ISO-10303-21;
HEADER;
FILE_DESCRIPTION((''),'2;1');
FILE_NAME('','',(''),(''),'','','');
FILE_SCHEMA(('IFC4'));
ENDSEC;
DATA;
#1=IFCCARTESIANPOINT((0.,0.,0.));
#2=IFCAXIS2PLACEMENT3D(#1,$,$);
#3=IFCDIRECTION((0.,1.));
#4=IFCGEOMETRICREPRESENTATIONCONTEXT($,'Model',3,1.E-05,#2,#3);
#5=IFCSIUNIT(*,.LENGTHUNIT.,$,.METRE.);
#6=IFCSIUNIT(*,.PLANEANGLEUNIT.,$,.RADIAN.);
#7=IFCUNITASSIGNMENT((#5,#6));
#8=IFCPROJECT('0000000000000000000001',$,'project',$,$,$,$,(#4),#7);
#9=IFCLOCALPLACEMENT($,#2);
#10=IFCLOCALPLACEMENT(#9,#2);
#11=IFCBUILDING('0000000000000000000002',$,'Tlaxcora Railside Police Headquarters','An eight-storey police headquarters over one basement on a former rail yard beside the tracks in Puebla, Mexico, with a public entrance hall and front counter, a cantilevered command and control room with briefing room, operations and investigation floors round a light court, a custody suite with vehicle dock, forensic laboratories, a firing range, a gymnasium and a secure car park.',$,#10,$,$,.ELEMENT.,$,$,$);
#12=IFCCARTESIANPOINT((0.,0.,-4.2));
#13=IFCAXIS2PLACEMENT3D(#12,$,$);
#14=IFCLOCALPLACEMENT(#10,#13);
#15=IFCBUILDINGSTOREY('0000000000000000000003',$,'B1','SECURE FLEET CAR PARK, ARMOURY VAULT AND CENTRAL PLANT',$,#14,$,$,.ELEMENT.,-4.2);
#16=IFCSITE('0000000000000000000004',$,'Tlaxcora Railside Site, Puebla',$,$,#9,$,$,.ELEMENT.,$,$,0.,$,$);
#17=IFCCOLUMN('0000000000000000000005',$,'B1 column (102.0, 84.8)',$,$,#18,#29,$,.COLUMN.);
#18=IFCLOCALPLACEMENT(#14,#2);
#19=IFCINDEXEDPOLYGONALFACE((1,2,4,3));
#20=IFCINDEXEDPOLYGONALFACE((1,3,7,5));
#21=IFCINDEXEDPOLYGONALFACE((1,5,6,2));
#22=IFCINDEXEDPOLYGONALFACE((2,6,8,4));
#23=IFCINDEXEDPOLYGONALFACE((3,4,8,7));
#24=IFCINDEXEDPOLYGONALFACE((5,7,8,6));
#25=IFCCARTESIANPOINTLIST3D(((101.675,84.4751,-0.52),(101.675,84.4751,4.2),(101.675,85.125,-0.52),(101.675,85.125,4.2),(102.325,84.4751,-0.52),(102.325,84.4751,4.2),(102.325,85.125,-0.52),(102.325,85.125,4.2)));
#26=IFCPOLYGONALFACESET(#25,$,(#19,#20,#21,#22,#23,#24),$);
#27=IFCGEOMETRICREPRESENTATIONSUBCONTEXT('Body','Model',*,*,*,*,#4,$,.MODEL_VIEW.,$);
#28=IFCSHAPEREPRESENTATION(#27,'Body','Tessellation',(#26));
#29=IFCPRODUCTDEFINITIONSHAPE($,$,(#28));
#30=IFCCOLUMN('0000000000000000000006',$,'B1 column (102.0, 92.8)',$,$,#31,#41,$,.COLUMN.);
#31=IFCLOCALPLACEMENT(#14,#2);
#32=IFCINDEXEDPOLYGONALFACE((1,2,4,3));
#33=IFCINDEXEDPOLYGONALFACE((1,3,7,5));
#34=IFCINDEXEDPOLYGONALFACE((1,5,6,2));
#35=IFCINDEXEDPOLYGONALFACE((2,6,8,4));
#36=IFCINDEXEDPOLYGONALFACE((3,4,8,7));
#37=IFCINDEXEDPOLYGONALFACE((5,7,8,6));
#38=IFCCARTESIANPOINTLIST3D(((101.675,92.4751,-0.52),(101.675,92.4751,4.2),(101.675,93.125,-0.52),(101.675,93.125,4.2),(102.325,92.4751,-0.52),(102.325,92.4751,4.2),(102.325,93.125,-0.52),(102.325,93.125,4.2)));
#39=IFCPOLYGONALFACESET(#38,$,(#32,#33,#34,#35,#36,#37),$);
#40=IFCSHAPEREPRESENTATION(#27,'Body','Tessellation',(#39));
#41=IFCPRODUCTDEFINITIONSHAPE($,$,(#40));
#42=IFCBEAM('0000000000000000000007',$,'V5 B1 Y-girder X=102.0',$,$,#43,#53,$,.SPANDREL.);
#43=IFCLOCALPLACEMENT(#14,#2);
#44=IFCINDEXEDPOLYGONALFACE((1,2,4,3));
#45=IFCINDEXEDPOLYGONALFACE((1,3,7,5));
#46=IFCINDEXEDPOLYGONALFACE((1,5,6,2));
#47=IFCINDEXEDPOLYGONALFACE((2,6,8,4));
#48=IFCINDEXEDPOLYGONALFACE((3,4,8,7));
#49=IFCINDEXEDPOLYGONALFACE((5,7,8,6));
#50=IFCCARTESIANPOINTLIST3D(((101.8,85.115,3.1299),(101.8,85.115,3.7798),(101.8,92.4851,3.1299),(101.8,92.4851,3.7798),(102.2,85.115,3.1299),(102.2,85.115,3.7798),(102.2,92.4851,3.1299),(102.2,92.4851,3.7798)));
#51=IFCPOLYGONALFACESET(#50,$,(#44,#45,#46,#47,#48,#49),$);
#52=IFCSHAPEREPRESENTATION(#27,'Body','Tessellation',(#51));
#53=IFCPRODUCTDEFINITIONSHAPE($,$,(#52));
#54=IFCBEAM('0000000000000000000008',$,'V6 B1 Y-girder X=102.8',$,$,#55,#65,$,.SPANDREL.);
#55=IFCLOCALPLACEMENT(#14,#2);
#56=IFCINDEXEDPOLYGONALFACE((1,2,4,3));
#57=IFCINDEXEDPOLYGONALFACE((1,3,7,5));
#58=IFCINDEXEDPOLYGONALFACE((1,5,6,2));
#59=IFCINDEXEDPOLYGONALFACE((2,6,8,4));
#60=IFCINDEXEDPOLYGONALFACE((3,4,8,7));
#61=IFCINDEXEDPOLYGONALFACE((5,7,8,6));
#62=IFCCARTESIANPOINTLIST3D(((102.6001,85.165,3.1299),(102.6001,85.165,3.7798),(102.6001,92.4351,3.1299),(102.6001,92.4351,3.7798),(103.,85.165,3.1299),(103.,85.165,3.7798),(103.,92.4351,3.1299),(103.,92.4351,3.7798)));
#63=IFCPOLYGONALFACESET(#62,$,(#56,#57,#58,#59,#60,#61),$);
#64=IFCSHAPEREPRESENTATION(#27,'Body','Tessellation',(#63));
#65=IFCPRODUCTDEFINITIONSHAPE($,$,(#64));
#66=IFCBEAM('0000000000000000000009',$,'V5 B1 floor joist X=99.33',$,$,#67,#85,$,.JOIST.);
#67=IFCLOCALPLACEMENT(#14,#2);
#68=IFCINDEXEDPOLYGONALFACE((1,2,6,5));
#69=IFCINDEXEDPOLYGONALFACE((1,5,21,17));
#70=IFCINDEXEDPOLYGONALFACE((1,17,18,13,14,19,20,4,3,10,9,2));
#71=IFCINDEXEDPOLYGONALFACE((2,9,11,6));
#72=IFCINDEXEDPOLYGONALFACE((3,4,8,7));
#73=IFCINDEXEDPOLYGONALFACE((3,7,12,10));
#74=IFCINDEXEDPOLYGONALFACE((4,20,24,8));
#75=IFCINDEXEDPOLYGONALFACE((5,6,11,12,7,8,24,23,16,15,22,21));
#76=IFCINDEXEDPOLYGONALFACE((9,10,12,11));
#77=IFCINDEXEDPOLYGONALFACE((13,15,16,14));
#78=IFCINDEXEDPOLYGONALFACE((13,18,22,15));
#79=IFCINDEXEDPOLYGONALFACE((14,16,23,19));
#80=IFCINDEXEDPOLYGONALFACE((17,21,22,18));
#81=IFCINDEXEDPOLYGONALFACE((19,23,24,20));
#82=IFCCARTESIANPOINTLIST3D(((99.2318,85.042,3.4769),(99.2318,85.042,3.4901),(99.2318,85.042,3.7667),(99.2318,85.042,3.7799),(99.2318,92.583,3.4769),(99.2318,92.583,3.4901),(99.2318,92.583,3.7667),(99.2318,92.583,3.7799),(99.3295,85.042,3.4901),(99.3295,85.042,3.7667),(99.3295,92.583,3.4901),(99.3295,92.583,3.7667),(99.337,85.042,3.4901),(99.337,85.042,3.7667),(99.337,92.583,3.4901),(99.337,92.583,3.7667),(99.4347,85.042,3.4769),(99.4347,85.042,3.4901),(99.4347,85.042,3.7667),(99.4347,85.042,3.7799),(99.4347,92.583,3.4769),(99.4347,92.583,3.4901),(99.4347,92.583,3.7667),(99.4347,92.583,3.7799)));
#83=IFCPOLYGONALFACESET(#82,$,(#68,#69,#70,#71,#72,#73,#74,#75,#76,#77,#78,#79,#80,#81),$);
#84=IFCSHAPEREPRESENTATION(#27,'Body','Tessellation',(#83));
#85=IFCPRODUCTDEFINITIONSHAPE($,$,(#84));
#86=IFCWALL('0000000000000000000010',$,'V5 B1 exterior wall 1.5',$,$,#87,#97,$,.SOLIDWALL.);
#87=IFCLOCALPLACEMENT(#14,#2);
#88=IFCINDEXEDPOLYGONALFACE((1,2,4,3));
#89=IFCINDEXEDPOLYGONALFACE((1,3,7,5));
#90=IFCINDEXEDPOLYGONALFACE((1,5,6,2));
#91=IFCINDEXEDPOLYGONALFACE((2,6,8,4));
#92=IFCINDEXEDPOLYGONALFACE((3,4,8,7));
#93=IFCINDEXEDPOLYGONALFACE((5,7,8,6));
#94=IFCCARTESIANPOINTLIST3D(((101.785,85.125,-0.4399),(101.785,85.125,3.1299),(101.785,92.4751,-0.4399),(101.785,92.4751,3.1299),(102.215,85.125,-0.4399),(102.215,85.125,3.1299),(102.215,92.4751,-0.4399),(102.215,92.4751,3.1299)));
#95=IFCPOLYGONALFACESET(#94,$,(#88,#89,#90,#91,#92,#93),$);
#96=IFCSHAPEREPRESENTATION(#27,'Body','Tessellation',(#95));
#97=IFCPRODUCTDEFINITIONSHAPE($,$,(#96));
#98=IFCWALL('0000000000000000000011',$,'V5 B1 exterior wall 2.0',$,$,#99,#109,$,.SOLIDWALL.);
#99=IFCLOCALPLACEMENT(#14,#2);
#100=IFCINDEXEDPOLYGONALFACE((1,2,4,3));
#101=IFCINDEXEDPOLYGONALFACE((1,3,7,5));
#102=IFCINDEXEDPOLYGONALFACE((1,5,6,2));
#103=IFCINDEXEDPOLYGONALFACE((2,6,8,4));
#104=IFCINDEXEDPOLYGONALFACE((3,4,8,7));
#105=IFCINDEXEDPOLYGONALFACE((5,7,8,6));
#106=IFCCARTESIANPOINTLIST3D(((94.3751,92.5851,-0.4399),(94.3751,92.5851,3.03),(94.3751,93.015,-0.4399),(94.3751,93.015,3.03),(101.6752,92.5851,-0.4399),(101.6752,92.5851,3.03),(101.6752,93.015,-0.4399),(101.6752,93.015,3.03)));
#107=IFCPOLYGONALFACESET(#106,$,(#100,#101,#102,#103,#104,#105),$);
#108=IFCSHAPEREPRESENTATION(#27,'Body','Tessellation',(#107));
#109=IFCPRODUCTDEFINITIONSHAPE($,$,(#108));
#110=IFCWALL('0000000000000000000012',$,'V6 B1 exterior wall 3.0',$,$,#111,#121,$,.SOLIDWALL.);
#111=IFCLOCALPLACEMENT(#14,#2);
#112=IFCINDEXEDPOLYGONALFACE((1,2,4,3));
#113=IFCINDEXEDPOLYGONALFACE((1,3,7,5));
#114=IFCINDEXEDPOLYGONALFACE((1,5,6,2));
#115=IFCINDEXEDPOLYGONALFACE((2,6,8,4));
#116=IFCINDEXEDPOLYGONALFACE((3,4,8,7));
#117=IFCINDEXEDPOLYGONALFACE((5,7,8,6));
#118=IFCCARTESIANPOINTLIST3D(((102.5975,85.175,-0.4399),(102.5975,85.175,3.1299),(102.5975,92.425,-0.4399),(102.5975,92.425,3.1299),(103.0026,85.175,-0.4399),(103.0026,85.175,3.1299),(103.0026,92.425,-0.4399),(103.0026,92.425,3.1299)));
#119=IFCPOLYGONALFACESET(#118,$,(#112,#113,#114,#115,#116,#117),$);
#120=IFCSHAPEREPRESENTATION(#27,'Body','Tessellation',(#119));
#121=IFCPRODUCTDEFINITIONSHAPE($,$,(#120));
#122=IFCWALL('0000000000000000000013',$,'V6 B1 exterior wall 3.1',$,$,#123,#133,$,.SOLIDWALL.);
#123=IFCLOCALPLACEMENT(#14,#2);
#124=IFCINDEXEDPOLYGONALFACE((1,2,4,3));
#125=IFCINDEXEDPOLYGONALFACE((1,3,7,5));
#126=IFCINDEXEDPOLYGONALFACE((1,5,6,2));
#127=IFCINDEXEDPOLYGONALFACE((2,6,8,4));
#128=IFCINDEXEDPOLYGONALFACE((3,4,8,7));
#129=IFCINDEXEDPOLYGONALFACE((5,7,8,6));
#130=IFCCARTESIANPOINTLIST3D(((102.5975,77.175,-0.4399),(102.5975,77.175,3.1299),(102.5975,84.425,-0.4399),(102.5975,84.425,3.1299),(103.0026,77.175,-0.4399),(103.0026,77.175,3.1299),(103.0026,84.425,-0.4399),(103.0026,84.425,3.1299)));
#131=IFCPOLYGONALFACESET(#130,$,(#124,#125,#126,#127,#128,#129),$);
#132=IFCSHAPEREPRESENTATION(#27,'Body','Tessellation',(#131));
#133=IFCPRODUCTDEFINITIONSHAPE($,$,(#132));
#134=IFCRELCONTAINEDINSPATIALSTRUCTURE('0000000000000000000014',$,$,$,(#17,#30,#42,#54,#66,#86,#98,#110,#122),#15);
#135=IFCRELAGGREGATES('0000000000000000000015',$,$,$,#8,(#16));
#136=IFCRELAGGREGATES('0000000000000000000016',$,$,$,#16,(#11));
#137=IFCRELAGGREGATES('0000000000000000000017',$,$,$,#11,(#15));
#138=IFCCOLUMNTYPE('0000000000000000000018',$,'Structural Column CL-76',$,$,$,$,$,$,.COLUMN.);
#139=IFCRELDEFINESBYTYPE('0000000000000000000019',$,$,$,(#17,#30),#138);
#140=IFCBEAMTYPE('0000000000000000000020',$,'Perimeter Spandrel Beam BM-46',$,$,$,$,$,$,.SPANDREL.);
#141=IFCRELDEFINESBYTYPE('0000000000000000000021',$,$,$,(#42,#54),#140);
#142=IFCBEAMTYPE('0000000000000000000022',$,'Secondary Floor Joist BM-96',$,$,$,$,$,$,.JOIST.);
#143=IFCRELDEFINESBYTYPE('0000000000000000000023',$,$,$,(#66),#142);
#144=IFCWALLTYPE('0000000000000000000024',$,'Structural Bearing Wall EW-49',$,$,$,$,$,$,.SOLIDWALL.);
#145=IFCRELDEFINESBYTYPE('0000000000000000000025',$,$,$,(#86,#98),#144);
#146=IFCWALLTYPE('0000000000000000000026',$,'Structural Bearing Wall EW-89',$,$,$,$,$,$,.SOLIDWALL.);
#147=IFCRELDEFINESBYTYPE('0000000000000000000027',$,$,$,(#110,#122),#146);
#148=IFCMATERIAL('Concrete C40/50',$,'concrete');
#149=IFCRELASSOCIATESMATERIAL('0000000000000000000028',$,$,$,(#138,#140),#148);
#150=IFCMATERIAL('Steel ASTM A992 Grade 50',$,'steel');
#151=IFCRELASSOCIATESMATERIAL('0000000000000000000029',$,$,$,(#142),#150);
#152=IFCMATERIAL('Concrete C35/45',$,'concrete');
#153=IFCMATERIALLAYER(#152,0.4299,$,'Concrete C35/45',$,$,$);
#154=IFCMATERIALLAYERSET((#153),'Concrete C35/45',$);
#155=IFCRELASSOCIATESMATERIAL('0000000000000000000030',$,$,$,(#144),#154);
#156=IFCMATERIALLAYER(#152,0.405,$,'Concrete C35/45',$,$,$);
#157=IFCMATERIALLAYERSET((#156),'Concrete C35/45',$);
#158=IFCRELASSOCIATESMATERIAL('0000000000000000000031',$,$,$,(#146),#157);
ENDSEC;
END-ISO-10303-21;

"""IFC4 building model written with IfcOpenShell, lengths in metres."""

from ifc_helpers import new_model, si_unit, direction, frame, frame_2d, origin, origin_2d, place, context, subcontext, project, spatial, rectangle, i_section, extrude, material, layer, layer_set, material_profile, profile_set, type_object, element, save


model = new_model("IFC4")

# Units and contexts
model_context = context("Model", 3, precision=1e-05, world=origin(), true_north=direction((0.0, 1.0)))
body_context = subcontext(model_context, "Body", "Model", "MODEL_VIEW")
ifc_project = project(units=[si_unit("LENGTHUNIT", "METRE"), si_unit("PLANEANGLEUNIT", "RADIAN")], contexts=[model_context])

# Site, building, storey
site_placement = place(None, origin())
site = spatial("IfcSite", under=ifc_project, at=site_placement, Name="Tlaxcora Railside Site, Puebla", CompositionType="ELEMENT", RefElevation=0.0)
building_placement = place(site_placement, origin())
building = spatial("IfcBuilding", under=site, at=building_placement, Name="Tlaxcora Railside Police Headquarters", Description="An eight-storey police headquarters over one basement on a former rail yard beside the tracks in Puebla, Mexico, with a public entrance hall and front counter, a cantilevered command and control room with briefing room, operations and investigation floors round a light court, a custody suite with vehicle dock, forensic laboratories, a firing range, a gymnasium and a secure car park.", CompositionType="ELEMENT")
storey_placement = place(building_placement, frame((0.0, 0.0, -4.2)))
storey = spatial("IfcBuildingStorey", under=building, at=storey_placement, Name="B1", Description="SECURE FLEET CAR PARK, ARMOURY VAULT AND CENTRAL PLANT", CompositionType="ELEMENT", Elevation=-4.2)

# Shared definitions
ifc_material_1 = material(Name="Concrete C35/45", Category="concrete")

# Shared definitions
ifc_material_2 = material(Name="Concrete C40/50", Category="concrete")

# Columns
ifc_material_profile_1 = material_profile(ifc_material_2, rectangle(XDim=0.6499, YDim=0.6499, at=origin_2d()), Name="RC650X650")
ifc_profile_set_1 = profile_set([ifc_material_profile_1], Name="Concrete C40/50")
column_type_1 = type_object("IfcColumnType", Name="Structural Column CL-76", PredefinedType="COLUMN", material=ifc_profile_set_1)
for number, where, z_axis, x_axis, name in (
    (1, (102.0, 84.8, -0.52), (0.0, 0.0, 1.0), (1.0, 0.0, 0.0), "B1 column (102.0, 84.8)"),
    (2, (102.0, 92.8, -0.52), (0.0, 0.0, 1.0), (1.0, 0.0, 0.0), "B1 column (102.0, 92.8)"),
):
    element("IfcColumn", number, at=place(storey_placement, frame(where, z_axis=z_axis, x_axis=x_axis)), inside=storey, type_object=column_type_1, Name=name, PredefinedType="COLUMN", context=body_context, shape_type="SweptSolid", body=[
        extrude(rectangle(XDim=0.6499, YDim=0.6499, at=origin_2d()), origin(), (0.0, 0.0, 1.0), 4.72),
    ])

# Beams
ifc_material_profile_2 = material_profile(ifc_material_2, rectangle(XDim=0.3999, YDim=0.6499, at=origin_2d()), Name="RC400X650")
ifc_profile_set_2 = profile_set([ifc_material_profile_2], Name="Concrete C40/50")
beam_type_1 = type_object("IfcBeamType", Name="Perimeter Spandrel Beam BM-46", PredefinedType="SPANDREL", material=ifc_profile_set_2)
beam_1_placement = place(storey_placement, frame((102.0, 85.115, 3.4548), z_axis=(0.0, 1.0, 0.0), x_axis=(-1.0, 0.0, 0.0)))
element("IfcBeam", 3, at=beam_1_placement, inside=storey, type_object=beam_type_1, Name="V5 B1 Y-girder X=102.0", PredefinedType="SPANDREL", context=body_context, shape_type="SweptSolid", body=[
    extrude(rectangle(XDim=0.3999, YDim=0.6499, at=origin_2d()), origin(), (0.0, 0.0, 1.0), 7.3701),
])
beam_2_placement = place(storey_placement, frame((102.8, 85.165, 3.4548), z_axis=(0.0, 1.0, 0.0), x_axis=(-1.0, 0.0, 0.0)))
element("IfcBeam", 4, at=beam_2_placement, inside=storey, type_object=beam_type_1, Name="V6 B1 Y-girder X=102.8", PredefinedType="SPANDREL", context=body_context, shape_type="SweptSolid", body=[
    extrude(rectangle(XDim=0.3999, YDim=0.6499, at=origin_2d()), origin(), (0.0, 0.0, 1.0), 7.27),
])
ifc_material_3 = material(Name="Steel ASTM A992 Grade 50", Category="steel")
ifc_material_profile_3 = material_profile(ifc_material_3, i_section(OverallWidth=0.2029, OverallDepth=0.303, WebThickness=0.0076, FlangeThickness=0.0132, at=origin_2d()), Name="W12X40")
ifc_profile_set_3 = profile_set([ifc_material_profile_3], Name="Steel ASTM A992 Grade 50")
beam_type_2 = type_object("IfcBeamType", Name="Secondary Floor Joist BM-96", PredefinedType="JOIST", material=ifc_profile_set_3)
beam_3_placement = place(storey_placement, frame((99.3333, 85.042, 3.6284), z_axis=(0.0, 1.0, 0.0), x_axis=(-1.0, 0.0, 0.0)))
element("IfcBeam", 5, at=beam_3_placement, inside=storey, type_object=beam_type_2, Name="V5 B1 floor joist X=99.33", PredefinedType="JOIST", context=body_context, shape_type="SweptSolid", body=[
    extrude(i_section(OverallWidth=0.2029, OverallDepth=0.303, WebThickness=0.0076, FlangeThickness=0.0132, at=origin_2d()), origin(), (0.0, 0.0, 1.0), 7.541),
])

# Walls
ifc_layer_1 = layer(ifc_material_1, 0.4299, Name="Concrete C35/45")
ifc_layer_set_1 = layer_set([ifc_layer_1], Name="Concrete C35/45")
wall_type_1 = type_object("IfcWallType", Name="Structural Bearing Wall EW-49", PredefinedType="SOLIDWALL", material=ifc_layer_set_1)
wall_1_placement = place(storey_placement, frame((102.0, 85.125, -0.4399), z_axis=(0.0, 0.0, 1.0), x_axis=(0.0, 1.0, 0.0)))
element("IfcWall", 6, at=wall_1_placement, inside=storey, type_object=wall_type_1, Name="V5 B1 exterior wall 1.5", PredefinedType="SOLIDWALL", context=body_context, shape_type="SweptSolid", body=[
    extrude(rectangle(XDim=7.3501, YDim=0.4299, at=frame_2d((3.675, 0.0))), origin(), (0.0, 0.0, 1.0), 3.5698),
])
wall_2_placement = place(storey_placement, frame((101.675, 92.8, -0.4399), z_axis=(0.0, 0.0, 1.0), x_axis=(-1.0, 0.0, 0.0)))
element("IfcWall", 7, at=wall_2_placement, inside=storey, type_object=wall_type_1, Name="V5 B1 exterior wall 2.0", PredefinedType="SOLIDWALL", context=body_context, shape_type="SweptSolid", body=[
    extrude(rectangle(XDim=7.3, YDim=0.4299, at=frame_2d((3.6499, 0.0))), origin(), (0.0, 0.0, 1.0), 3.47),
])
ifc_layer_2 = layer(ifc_material_1, 0.405, Name="Concrete C35/45")
ifc_layer_set_2 = layer_set([ifc_layer_2], Name="Concrete C35/45")
wall_type_2 = type_object("IfcWallType", Name="Structural Bearing Wall EW-89", PredefinedType="SOLIDWALL", material=ifc_layer_set_2)
for number, where, z_axis, x_axis, name in (
    (8, (102.8, 92.425, -0.4399), (0.0, 0.0, 1.0), (0.0, -1.0, 0.0), "V6 B1 exterior wall 3.0"),
    (9, (102.8, 84.425, -0.4399), (0.0, 0.0, 1.0), (0.0, -1.0, 0.0), "V6 B1 exterior wall 3.1"),
):
    element("IfcWall", number, at=place(storey_placement, frame(where, z_axis=z_axis, x_axis=x_axis)), inside=storey, type_object=wall_type_2, Name=name, PredefinedType="SOLIDWALL", context=body_context, shape_type="SweptSolid", body=[
        extrude(rectangle(XDim=7.25, YDim=0.405, at=frame_2d((3.625, 0.0))), origin(), (0.0, 0.0, 1.0), 3.5698),
    ])

save(model, "model.ifc")
